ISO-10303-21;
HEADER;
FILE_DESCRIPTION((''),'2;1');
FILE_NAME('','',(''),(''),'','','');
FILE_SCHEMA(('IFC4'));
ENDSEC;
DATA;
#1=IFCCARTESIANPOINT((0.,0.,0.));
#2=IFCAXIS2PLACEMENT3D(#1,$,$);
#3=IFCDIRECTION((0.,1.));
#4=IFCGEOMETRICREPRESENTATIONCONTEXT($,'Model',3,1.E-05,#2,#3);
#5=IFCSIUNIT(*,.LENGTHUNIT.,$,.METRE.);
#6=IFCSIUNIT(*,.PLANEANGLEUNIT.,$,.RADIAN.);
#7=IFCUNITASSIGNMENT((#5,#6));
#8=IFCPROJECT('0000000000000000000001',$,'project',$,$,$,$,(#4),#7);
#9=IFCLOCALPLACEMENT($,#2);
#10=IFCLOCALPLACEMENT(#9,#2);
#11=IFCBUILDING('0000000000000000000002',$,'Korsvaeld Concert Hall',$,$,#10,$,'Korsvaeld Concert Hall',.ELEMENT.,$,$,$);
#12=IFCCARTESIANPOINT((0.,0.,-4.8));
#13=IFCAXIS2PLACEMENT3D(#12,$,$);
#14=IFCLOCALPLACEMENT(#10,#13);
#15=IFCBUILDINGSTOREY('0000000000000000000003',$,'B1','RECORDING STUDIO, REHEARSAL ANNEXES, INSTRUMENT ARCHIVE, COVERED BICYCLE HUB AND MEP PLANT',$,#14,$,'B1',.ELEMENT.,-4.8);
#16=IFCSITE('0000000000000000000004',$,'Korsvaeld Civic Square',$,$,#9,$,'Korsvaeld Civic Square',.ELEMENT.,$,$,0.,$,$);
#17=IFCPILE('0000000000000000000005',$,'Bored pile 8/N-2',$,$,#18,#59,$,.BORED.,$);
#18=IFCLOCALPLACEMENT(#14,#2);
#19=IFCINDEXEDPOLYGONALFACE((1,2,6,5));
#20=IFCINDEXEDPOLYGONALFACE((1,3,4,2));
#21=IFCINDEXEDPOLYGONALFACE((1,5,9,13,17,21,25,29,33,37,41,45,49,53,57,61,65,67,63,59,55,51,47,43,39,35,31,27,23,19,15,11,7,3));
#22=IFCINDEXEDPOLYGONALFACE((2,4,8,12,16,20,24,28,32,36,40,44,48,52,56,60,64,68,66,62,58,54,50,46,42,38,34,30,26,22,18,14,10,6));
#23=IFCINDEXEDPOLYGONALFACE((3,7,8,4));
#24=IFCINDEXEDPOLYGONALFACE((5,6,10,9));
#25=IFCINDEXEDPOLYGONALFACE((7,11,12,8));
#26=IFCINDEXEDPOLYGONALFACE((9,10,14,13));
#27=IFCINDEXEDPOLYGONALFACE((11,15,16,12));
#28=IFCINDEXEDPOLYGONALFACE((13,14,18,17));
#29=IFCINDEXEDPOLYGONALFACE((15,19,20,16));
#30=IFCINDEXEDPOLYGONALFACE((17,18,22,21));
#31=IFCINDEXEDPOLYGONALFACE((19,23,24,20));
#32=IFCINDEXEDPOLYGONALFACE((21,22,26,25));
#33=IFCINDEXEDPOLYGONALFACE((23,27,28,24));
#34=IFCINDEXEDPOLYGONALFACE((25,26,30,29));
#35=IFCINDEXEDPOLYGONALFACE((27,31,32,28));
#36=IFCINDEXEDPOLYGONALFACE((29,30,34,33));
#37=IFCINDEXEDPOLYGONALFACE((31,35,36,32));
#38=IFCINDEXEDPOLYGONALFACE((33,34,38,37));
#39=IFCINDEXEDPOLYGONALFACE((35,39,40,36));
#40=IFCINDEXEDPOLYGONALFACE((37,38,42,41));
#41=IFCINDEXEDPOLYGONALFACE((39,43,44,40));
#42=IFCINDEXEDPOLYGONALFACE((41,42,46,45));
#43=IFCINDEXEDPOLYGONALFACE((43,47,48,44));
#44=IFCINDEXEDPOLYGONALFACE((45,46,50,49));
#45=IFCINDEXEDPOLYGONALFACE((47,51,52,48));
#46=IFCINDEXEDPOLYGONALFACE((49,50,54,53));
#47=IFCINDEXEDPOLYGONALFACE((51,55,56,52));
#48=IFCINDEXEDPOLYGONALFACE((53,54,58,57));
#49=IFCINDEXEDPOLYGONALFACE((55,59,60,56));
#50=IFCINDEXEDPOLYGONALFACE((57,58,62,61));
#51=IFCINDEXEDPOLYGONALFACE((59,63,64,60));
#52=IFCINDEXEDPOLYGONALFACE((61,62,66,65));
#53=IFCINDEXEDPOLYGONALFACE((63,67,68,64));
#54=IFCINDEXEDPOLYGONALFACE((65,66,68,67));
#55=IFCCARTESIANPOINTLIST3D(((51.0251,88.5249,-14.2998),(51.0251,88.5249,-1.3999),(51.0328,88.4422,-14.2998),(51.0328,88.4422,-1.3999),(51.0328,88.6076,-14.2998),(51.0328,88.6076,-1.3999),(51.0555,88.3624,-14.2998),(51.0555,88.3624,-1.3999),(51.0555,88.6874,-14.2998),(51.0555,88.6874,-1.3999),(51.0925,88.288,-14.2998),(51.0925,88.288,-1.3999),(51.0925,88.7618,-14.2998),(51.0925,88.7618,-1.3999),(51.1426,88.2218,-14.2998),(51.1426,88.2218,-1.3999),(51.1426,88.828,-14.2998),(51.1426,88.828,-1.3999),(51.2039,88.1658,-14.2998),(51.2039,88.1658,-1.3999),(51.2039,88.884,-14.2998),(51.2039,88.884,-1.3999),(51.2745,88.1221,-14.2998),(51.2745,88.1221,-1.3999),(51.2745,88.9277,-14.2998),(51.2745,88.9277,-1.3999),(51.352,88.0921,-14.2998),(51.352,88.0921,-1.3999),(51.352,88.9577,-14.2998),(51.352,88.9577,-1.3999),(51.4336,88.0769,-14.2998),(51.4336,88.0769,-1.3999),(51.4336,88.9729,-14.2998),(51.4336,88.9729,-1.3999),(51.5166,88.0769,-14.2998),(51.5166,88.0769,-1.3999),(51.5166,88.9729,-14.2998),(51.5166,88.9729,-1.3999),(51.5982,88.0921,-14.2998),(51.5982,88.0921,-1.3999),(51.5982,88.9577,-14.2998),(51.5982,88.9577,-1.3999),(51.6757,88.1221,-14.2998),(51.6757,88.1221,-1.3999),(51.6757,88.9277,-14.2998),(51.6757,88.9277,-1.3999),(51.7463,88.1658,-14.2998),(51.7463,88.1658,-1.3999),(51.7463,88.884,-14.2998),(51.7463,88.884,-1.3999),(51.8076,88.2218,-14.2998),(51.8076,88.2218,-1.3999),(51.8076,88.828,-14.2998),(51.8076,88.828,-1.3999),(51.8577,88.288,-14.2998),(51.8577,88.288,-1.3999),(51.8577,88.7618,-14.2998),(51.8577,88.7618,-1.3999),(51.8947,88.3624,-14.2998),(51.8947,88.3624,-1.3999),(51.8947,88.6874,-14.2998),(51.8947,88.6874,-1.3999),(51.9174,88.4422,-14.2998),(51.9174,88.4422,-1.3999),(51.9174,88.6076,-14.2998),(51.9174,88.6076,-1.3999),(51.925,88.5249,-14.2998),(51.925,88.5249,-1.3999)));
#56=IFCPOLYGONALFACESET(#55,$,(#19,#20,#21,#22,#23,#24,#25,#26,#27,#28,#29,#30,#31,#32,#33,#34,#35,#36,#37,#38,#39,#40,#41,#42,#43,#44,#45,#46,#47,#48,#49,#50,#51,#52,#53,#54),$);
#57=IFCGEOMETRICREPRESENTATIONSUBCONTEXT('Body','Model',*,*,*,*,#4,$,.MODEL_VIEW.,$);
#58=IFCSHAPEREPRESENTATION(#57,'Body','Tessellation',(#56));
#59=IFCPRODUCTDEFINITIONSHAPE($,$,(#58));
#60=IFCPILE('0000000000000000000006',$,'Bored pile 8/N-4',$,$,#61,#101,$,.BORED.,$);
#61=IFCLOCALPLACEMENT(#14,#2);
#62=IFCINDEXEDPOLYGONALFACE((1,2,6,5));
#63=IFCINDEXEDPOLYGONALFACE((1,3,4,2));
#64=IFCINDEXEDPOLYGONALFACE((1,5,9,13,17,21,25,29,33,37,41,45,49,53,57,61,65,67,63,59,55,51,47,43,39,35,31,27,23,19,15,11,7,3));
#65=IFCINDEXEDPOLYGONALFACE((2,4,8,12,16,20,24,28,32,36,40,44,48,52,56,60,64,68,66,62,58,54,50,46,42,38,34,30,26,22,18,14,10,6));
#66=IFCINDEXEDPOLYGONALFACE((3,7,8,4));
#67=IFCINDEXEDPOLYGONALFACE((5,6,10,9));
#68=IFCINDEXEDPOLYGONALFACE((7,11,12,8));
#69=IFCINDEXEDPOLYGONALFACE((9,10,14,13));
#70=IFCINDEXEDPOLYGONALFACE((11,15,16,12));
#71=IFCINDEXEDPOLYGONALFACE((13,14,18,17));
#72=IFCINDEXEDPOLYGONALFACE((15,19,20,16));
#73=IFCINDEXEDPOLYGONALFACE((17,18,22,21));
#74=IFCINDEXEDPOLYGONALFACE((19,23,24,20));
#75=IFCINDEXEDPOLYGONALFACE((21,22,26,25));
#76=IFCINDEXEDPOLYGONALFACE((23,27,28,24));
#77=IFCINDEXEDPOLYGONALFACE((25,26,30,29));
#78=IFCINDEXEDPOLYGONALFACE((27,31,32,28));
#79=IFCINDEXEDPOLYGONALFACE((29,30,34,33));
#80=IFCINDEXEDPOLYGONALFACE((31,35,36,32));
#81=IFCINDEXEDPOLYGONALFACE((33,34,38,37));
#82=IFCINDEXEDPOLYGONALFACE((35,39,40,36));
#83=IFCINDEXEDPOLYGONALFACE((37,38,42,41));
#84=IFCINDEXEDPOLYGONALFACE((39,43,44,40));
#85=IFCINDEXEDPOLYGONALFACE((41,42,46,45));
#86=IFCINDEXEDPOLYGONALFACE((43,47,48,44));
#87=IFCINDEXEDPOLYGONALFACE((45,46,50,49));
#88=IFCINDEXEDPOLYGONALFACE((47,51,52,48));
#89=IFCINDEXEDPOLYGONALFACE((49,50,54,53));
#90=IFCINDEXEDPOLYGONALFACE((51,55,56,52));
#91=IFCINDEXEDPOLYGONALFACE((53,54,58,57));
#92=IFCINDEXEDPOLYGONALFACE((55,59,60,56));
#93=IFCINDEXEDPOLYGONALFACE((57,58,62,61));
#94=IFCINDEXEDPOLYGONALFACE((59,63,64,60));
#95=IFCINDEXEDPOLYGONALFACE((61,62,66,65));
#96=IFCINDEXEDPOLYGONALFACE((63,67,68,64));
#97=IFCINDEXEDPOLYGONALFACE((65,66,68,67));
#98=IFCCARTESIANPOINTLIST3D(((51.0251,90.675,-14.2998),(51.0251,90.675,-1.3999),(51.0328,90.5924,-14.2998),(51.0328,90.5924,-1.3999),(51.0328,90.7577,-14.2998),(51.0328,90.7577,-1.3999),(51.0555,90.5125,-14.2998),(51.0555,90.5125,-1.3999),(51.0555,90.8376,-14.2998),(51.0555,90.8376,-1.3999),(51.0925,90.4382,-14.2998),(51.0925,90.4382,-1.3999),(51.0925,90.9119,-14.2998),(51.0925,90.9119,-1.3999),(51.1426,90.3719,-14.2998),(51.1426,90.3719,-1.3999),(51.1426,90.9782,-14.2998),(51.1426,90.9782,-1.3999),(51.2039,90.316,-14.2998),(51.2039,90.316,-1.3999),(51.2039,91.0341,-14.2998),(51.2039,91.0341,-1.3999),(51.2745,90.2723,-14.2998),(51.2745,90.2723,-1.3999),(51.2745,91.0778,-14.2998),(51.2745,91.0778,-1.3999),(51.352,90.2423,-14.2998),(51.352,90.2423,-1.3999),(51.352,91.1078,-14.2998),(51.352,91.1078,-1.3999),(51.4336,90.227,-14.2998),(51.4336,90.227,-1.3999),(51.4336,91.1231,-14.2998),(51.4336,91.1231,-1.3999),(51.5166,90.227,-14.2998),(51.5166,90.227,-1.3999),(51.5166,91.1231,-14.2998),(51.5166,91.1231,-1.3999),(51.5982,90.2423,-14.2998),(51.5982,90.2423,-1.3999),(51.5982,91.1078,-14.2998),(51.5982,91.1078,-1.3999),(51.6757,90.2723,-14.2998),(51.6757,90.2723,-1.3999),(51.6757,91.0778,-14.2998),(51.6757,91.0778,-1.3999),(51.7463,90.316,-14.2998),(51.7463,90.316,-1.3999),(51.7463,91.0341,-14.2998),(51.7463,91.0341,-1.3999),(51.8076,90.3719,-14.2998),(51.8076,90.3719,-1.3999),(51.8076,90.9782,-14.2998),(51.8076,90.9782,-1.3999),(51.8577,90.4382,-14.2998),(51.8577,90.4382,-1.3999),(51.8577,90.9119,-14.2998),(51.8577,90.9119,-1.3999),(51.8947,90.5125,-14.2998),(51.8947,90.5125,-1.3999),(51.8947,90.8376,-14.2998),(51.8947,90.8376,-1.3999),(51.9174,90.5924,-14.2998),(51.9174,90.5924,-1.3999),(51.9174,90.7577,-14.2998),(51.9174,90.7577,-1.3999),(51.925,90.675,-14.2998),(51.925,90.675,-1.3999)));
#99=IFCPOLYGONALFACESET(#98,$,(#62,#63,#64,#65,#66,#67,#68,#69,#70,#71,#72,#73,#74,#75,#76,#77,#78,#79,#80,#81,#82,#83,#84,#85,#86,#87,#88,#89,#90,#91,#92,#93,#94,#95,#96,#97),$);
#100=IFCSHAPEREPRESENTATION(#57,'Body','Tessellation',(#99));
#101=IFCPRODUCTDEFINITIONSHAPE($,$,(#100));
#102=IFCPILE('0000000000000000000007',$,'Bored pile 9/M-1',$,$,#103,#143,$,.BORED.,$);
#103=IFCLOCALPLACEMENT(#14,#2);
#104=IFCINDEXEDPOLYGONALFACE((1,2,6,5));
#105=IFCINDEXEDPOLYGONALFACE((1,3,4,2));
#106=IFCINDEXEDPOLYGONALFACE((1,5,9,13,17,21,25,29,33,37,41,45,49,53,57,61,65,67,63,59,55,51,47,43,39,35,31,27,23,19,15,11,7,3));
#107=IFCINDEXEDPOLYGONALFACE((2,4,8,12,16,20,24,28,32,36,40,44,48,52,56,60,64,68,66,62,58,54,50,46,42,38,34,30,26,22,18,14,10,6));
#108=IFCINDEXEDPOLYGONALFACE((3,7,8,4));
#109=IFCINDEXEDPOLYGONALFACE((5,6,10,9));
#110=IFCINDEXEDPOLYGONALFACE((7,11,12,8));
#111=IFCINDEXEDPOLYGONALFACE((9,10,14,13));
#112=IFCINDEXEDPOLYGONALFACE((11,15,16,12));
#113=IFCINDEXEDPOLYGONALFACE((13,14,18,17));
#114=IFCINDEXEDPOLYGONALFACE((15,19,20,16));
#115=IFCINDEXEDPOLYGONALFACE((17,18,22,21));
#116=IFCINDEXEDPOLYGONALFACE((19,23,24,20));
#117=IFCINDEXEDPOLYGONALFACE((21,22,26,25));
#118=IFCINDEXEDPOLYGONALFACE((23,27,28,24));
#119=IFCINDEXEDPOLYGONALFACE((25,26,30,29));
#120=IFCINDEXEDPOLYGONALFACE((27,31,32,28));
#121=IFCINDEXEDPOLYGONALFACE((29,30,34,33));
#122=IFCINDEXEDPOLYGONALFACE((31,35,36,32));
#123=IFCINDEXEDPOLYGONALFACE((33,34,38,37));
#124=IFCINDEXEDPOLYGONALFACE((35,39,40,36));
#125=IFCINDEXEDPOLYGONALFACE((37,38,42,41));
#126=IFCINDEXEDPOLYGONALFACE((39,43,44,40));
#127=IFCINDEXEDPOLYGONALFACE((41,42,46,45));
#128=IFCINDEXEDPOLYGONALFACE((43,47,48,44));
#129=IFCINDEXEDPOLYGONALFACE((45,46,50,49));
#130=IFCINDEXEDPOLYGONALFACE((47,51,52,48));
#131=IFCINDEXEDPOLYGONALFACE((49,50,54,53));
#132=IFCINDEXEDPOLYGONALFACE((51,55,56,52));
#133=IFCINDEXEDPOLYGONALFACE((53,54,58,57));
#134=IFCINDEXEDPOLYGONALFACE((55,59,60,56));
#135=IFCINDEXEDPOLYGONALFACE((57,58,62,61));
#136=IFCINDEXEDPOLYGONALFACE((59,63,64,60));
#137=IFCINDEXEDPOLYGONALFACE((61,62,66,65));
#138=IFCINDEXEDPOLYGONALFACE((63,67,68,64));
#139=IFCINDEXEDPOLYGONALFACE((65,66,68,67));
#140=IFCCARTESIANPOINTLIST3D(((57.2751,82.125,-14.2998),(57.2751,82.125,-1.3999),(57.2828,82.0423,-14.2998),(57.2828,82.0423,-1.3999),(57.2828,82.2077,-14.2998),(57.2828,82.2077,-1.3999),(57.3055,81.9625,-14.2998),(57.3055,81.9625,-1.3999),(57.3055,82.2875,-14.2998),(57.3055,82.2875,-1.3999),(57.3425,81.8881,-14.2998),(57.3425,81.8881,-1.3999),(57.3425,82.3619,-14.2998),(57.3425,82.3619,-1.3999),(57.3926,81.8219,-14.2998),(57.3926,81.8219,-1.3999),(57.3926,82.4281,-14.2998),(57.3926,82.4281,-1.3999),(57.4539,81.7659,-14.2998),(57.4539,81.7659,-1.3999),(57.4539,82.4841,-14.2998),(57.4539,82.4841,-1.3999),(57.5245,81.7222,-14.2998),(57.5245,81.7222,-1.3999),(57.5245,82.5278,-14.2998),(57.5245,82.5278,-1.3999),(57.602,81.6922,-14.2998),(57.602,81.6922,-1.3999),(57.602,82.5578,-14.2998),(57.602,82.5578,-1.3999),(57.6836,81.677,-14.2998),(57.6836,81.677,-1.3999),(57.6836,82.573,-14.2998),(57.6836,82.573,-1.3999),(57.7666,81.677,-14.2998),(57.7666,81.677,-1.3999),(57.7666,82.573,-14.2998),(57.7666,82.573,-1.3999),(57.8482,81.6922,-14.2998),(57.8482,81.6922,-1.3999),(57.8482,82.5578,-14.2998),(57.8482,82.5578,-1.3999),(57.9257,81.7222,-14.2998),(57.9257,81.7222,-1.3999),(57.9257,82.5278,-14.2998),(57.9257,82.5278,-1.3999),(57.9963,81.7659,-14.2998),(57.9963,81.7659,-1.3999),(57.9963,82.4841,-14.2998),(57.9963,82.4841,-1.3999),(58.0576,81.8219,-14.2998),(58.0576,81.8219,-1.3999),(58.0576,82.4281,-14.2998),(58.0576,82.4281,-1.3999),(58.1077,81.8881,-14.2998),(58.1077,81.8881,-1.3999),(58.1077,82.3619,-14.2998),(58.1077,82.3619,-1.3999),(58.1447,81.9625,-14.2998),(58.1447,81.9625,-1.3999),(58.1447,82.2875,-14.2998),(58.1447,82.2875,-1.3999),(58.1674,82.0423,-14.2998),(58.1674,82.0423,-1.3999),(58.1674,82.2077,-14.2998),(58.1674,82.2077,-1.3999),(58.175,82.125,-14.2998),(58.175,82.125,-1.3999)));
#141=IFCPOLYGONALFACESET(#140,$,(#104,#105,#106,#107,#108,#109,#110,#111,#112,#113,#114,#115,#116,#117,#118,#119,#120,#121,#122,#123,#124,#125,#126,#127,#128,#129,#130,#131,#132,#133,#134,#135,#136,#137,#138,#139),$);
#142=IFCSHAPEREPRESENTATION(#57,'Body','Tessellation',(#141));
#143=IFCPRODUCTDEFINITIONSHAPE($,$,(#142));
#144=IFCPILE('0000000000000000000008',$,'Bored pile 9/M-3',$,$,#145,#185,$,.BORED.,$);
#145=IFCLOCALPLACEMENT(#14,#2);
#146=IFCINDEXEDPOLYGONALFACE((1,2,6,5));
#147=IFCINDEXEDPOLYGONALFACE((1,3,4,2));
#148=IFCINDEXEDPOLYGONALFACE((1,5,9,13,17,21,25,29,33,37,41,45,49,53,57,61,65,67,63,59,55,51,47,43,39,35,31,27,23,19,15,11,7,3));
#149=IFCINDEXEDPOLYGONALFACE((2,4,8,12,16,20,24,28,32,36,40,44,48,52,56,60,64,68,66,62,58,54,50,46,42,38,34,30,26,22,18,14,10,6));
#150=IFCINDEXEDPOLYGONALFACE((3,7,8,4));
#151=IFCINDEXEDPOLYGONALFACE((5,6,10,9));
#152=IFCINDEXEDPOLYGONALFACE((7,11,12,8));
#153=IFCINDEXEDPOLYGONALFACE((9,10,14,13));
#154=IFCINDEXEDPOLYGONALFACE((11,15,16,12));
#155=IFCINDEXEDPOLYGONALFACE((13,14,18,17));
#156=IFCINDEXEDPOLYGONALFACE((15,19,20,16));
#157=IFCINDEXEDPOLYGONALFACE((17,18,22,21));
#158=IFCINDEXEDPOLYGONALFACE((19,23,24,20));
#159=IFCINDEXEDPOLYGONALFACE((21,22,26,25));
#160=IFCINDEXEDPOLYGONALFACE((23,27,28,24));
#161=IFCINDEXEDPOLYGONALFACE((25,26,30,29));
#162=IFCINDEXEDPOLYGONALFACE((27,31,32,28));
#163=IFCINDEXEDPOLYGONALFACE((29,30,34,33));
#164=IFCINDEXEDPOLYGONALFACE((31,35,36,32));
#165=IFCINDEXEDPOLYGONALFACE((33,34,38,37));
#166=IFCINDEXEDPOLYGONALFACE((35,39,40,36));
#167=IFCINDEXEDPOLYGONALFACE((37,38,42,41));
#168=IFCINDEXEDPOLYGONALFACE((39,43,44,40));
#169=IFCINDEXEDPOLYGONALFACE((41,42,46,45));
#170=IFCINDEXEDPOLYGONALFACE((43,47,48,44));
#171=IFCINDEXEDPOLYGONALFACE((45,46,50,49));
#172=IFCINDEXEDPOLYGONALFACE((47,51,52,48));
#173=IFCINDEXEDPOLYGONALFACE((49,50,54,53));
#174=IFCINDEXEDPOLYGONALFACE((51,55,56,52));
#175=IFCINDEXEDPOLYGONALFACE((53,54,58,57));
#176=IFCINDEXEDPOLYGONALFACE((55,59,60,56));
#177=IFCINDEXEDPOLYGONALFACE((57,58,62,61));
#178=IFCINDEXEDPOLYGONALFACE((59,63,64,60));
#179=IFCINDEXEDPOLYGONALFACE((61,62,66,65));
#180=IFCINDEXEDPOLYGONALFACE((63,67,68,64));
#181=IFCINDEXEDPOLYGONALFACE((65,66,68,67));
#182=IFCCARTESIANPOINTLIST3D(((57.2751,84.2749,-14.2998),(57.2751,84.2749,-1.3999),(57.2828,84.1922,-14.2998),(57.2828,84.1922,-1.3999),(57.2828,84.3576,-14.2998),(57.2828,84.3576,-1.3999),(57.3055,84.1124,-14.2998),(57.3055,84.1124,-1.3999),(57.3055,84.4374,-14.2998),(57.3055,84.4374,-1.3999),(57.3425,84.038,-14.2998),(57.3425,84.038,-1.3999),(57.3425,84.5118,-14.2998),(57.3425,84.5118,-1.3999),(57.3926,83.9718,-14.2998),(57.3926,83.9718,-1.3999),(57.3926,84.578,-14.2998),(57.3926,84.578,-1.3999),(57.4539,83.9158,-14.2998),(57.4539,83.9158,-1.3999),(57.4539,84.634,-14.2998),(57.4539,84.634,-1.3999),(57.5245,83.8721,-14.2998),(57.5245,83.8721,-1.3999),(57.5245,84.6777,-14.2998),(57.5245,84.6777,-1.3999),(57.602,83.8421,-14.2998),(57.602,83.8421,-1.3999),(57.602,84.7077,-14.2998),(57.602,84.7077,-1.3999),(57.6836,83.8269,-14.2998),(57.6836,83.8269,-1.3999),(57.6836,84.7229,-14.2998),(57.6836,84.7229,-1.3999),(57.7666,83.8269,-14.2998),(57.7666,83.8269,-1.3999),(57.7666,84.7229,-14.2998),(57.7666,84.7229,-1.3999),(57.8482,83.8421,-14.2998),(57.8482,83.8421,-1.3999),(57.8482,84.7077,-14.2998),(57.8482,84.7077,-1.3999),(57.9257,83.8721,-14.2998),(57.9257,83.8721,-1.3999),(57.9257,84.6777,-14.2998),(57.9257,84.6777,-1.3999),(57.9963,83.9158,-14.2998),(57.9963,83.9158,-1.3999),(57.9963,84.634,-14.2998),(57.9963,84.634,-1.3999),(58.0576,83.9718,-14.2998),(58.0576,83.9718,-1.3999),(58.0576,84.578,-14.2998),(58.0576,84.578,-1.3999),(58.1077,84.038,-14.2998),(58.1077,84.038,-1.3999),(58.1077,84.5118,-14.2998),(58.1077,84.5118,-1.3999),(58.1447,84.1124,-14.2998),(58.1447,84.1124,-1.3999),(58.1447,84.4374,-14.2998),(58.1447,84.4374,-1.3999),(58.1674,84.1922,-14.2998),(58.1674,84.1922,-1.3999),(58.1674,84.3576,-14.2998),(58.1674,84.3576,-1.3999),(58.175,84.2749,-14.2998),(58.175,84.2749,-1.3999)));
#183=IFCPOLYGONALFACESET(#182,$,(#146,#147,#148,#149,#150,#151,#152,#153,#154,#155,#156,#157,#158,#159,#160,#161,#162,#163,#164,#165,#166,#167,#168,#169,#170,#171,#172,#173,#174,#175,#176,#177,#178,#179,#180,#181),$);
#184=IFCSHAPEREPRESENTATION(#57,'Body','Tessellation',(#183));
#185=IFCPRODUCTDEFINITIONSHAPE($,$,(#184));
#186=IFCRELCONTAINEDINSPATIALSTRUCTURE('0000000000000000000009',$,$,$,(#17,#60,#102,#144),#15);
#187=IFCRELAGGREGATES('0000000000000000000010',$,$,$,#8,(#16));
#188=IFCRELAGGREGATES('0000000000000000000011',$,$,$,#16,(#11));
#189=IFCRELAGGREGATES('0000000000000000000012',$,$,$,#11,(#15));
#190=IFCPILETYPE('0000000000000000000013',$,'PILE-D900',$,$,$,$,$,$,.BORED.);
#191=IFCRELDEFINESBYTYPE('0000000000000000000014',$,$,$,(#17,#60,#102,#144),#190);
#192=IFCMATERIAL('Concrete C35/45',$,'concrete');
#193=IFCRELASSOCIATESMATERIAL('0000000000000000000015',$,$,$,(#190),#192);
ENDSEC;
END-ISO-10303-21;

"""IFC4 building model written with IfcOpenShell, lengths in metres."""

from ifc_helpers import new_model, si_unit, direction, frame, origin, origin_2d, place, context, subcontext, project, spatial, circle, extrude, material, material_profile, profile_set, type_object, element, save


model = new_model("IFC4")

# Units and contexts
model_context = context("Model", 3, precision=1e-05, world=origin(), true_north=direction((0.0, 1.0)))
body_context = subcontext(model_context, "Body", "Model", "MODEL_VIEW")
ifc_project = project(units=[si_unit("LENGTHUNIT", "METRE"), si_unit("PLANEANGLEUNIT", "RADIAN")], contexts=[model_context])

# Site, building, storey
site_placement = place(None, origin())
site = spatial("IfcSite", under=ifc_project, at=site_placement, Name="Korsvaeld Civic Square", LongName="Korsvaeld Civic Square", CompositionType="ELEMENT", RefElevation=0.0)
building_placement = place(site_placement, origin())
building = spatial("IfcBuilding", under=site, at=building_placement, Name="Korsvaeld Concert Hall", LongName="Korsvaeld Concert Hall", CompositionType="ELEMENT")
storey_placement = place(building_placement, frame((0.0, 0.0, -4.8)))
storey = spatial("IfcBuildingStorey", under=building, at=storey_placement, Name="B1", Description="RECORDING STUDIO, REHEARSAL ANNEXES, INSTRUMENT ARCHIVE, COVERED BICYCLE HUB AND MEP PLANT", LongName="B1", CompositionType="ELEMENT", Elevation=-4.8)

# Shared definitions
ifc_material_1 = material(Name="Concrete C35/45", Category="concrete")

# Piles
ifc_material_profile_1 = material_profile(ifc_material_1, circle(Radius=0.45, at=origin_2d()), Name="BORED PILE D900")
ifc_profile_set_1 = profile_set([ifc_material_profile_1], Name="Concrete C35/45")
pile_type_1 = type_object("IfcPileType", Name="PILE-D900", PredefinedType="BORED", material=ifc_profile_set_1)
for number, where, z_axis, x_axis, name in (
    (1, (51.4751, 88.5249, -1.3999), (0.0, 0.0, -1.0), (1.0, 0.0, 0.0), "Bored pile 8/N-2"),
    (2, (51.4751, 90.675, -1.3999), (0.0, 0.0, -1.0), (1.0, 0.0, 0.0), "Bored pile 8/N-4"),
    (3, (57.7251, 82.125, -1.3999), (0.0, 0.0, -1.0), (1.0, 0.0, 0.0), "Bored pile 9/M-1"),
    (4, (57.7251, 84.2749, -1.3999), (0.0, 0.0, -1.0), (1.0, 0.0, 0.0), "Bored pile 9/M-3"),
):
    element("IfcPile", number, at=place(storey_placement, frame(where, z_axis=z_axis, x_axis=x_axis)), inside=storey, type_object=pile_type_1, Name=name, PredefinedType="BORED", context=body_context, shape_type="SweptSolid", body=[
        extrude(circle(Radius=0.45, at=origin_2d()), origin(), (0.0, 0.0, 1.0), 12.8999),
    ])

save(model, "model.ifc")
